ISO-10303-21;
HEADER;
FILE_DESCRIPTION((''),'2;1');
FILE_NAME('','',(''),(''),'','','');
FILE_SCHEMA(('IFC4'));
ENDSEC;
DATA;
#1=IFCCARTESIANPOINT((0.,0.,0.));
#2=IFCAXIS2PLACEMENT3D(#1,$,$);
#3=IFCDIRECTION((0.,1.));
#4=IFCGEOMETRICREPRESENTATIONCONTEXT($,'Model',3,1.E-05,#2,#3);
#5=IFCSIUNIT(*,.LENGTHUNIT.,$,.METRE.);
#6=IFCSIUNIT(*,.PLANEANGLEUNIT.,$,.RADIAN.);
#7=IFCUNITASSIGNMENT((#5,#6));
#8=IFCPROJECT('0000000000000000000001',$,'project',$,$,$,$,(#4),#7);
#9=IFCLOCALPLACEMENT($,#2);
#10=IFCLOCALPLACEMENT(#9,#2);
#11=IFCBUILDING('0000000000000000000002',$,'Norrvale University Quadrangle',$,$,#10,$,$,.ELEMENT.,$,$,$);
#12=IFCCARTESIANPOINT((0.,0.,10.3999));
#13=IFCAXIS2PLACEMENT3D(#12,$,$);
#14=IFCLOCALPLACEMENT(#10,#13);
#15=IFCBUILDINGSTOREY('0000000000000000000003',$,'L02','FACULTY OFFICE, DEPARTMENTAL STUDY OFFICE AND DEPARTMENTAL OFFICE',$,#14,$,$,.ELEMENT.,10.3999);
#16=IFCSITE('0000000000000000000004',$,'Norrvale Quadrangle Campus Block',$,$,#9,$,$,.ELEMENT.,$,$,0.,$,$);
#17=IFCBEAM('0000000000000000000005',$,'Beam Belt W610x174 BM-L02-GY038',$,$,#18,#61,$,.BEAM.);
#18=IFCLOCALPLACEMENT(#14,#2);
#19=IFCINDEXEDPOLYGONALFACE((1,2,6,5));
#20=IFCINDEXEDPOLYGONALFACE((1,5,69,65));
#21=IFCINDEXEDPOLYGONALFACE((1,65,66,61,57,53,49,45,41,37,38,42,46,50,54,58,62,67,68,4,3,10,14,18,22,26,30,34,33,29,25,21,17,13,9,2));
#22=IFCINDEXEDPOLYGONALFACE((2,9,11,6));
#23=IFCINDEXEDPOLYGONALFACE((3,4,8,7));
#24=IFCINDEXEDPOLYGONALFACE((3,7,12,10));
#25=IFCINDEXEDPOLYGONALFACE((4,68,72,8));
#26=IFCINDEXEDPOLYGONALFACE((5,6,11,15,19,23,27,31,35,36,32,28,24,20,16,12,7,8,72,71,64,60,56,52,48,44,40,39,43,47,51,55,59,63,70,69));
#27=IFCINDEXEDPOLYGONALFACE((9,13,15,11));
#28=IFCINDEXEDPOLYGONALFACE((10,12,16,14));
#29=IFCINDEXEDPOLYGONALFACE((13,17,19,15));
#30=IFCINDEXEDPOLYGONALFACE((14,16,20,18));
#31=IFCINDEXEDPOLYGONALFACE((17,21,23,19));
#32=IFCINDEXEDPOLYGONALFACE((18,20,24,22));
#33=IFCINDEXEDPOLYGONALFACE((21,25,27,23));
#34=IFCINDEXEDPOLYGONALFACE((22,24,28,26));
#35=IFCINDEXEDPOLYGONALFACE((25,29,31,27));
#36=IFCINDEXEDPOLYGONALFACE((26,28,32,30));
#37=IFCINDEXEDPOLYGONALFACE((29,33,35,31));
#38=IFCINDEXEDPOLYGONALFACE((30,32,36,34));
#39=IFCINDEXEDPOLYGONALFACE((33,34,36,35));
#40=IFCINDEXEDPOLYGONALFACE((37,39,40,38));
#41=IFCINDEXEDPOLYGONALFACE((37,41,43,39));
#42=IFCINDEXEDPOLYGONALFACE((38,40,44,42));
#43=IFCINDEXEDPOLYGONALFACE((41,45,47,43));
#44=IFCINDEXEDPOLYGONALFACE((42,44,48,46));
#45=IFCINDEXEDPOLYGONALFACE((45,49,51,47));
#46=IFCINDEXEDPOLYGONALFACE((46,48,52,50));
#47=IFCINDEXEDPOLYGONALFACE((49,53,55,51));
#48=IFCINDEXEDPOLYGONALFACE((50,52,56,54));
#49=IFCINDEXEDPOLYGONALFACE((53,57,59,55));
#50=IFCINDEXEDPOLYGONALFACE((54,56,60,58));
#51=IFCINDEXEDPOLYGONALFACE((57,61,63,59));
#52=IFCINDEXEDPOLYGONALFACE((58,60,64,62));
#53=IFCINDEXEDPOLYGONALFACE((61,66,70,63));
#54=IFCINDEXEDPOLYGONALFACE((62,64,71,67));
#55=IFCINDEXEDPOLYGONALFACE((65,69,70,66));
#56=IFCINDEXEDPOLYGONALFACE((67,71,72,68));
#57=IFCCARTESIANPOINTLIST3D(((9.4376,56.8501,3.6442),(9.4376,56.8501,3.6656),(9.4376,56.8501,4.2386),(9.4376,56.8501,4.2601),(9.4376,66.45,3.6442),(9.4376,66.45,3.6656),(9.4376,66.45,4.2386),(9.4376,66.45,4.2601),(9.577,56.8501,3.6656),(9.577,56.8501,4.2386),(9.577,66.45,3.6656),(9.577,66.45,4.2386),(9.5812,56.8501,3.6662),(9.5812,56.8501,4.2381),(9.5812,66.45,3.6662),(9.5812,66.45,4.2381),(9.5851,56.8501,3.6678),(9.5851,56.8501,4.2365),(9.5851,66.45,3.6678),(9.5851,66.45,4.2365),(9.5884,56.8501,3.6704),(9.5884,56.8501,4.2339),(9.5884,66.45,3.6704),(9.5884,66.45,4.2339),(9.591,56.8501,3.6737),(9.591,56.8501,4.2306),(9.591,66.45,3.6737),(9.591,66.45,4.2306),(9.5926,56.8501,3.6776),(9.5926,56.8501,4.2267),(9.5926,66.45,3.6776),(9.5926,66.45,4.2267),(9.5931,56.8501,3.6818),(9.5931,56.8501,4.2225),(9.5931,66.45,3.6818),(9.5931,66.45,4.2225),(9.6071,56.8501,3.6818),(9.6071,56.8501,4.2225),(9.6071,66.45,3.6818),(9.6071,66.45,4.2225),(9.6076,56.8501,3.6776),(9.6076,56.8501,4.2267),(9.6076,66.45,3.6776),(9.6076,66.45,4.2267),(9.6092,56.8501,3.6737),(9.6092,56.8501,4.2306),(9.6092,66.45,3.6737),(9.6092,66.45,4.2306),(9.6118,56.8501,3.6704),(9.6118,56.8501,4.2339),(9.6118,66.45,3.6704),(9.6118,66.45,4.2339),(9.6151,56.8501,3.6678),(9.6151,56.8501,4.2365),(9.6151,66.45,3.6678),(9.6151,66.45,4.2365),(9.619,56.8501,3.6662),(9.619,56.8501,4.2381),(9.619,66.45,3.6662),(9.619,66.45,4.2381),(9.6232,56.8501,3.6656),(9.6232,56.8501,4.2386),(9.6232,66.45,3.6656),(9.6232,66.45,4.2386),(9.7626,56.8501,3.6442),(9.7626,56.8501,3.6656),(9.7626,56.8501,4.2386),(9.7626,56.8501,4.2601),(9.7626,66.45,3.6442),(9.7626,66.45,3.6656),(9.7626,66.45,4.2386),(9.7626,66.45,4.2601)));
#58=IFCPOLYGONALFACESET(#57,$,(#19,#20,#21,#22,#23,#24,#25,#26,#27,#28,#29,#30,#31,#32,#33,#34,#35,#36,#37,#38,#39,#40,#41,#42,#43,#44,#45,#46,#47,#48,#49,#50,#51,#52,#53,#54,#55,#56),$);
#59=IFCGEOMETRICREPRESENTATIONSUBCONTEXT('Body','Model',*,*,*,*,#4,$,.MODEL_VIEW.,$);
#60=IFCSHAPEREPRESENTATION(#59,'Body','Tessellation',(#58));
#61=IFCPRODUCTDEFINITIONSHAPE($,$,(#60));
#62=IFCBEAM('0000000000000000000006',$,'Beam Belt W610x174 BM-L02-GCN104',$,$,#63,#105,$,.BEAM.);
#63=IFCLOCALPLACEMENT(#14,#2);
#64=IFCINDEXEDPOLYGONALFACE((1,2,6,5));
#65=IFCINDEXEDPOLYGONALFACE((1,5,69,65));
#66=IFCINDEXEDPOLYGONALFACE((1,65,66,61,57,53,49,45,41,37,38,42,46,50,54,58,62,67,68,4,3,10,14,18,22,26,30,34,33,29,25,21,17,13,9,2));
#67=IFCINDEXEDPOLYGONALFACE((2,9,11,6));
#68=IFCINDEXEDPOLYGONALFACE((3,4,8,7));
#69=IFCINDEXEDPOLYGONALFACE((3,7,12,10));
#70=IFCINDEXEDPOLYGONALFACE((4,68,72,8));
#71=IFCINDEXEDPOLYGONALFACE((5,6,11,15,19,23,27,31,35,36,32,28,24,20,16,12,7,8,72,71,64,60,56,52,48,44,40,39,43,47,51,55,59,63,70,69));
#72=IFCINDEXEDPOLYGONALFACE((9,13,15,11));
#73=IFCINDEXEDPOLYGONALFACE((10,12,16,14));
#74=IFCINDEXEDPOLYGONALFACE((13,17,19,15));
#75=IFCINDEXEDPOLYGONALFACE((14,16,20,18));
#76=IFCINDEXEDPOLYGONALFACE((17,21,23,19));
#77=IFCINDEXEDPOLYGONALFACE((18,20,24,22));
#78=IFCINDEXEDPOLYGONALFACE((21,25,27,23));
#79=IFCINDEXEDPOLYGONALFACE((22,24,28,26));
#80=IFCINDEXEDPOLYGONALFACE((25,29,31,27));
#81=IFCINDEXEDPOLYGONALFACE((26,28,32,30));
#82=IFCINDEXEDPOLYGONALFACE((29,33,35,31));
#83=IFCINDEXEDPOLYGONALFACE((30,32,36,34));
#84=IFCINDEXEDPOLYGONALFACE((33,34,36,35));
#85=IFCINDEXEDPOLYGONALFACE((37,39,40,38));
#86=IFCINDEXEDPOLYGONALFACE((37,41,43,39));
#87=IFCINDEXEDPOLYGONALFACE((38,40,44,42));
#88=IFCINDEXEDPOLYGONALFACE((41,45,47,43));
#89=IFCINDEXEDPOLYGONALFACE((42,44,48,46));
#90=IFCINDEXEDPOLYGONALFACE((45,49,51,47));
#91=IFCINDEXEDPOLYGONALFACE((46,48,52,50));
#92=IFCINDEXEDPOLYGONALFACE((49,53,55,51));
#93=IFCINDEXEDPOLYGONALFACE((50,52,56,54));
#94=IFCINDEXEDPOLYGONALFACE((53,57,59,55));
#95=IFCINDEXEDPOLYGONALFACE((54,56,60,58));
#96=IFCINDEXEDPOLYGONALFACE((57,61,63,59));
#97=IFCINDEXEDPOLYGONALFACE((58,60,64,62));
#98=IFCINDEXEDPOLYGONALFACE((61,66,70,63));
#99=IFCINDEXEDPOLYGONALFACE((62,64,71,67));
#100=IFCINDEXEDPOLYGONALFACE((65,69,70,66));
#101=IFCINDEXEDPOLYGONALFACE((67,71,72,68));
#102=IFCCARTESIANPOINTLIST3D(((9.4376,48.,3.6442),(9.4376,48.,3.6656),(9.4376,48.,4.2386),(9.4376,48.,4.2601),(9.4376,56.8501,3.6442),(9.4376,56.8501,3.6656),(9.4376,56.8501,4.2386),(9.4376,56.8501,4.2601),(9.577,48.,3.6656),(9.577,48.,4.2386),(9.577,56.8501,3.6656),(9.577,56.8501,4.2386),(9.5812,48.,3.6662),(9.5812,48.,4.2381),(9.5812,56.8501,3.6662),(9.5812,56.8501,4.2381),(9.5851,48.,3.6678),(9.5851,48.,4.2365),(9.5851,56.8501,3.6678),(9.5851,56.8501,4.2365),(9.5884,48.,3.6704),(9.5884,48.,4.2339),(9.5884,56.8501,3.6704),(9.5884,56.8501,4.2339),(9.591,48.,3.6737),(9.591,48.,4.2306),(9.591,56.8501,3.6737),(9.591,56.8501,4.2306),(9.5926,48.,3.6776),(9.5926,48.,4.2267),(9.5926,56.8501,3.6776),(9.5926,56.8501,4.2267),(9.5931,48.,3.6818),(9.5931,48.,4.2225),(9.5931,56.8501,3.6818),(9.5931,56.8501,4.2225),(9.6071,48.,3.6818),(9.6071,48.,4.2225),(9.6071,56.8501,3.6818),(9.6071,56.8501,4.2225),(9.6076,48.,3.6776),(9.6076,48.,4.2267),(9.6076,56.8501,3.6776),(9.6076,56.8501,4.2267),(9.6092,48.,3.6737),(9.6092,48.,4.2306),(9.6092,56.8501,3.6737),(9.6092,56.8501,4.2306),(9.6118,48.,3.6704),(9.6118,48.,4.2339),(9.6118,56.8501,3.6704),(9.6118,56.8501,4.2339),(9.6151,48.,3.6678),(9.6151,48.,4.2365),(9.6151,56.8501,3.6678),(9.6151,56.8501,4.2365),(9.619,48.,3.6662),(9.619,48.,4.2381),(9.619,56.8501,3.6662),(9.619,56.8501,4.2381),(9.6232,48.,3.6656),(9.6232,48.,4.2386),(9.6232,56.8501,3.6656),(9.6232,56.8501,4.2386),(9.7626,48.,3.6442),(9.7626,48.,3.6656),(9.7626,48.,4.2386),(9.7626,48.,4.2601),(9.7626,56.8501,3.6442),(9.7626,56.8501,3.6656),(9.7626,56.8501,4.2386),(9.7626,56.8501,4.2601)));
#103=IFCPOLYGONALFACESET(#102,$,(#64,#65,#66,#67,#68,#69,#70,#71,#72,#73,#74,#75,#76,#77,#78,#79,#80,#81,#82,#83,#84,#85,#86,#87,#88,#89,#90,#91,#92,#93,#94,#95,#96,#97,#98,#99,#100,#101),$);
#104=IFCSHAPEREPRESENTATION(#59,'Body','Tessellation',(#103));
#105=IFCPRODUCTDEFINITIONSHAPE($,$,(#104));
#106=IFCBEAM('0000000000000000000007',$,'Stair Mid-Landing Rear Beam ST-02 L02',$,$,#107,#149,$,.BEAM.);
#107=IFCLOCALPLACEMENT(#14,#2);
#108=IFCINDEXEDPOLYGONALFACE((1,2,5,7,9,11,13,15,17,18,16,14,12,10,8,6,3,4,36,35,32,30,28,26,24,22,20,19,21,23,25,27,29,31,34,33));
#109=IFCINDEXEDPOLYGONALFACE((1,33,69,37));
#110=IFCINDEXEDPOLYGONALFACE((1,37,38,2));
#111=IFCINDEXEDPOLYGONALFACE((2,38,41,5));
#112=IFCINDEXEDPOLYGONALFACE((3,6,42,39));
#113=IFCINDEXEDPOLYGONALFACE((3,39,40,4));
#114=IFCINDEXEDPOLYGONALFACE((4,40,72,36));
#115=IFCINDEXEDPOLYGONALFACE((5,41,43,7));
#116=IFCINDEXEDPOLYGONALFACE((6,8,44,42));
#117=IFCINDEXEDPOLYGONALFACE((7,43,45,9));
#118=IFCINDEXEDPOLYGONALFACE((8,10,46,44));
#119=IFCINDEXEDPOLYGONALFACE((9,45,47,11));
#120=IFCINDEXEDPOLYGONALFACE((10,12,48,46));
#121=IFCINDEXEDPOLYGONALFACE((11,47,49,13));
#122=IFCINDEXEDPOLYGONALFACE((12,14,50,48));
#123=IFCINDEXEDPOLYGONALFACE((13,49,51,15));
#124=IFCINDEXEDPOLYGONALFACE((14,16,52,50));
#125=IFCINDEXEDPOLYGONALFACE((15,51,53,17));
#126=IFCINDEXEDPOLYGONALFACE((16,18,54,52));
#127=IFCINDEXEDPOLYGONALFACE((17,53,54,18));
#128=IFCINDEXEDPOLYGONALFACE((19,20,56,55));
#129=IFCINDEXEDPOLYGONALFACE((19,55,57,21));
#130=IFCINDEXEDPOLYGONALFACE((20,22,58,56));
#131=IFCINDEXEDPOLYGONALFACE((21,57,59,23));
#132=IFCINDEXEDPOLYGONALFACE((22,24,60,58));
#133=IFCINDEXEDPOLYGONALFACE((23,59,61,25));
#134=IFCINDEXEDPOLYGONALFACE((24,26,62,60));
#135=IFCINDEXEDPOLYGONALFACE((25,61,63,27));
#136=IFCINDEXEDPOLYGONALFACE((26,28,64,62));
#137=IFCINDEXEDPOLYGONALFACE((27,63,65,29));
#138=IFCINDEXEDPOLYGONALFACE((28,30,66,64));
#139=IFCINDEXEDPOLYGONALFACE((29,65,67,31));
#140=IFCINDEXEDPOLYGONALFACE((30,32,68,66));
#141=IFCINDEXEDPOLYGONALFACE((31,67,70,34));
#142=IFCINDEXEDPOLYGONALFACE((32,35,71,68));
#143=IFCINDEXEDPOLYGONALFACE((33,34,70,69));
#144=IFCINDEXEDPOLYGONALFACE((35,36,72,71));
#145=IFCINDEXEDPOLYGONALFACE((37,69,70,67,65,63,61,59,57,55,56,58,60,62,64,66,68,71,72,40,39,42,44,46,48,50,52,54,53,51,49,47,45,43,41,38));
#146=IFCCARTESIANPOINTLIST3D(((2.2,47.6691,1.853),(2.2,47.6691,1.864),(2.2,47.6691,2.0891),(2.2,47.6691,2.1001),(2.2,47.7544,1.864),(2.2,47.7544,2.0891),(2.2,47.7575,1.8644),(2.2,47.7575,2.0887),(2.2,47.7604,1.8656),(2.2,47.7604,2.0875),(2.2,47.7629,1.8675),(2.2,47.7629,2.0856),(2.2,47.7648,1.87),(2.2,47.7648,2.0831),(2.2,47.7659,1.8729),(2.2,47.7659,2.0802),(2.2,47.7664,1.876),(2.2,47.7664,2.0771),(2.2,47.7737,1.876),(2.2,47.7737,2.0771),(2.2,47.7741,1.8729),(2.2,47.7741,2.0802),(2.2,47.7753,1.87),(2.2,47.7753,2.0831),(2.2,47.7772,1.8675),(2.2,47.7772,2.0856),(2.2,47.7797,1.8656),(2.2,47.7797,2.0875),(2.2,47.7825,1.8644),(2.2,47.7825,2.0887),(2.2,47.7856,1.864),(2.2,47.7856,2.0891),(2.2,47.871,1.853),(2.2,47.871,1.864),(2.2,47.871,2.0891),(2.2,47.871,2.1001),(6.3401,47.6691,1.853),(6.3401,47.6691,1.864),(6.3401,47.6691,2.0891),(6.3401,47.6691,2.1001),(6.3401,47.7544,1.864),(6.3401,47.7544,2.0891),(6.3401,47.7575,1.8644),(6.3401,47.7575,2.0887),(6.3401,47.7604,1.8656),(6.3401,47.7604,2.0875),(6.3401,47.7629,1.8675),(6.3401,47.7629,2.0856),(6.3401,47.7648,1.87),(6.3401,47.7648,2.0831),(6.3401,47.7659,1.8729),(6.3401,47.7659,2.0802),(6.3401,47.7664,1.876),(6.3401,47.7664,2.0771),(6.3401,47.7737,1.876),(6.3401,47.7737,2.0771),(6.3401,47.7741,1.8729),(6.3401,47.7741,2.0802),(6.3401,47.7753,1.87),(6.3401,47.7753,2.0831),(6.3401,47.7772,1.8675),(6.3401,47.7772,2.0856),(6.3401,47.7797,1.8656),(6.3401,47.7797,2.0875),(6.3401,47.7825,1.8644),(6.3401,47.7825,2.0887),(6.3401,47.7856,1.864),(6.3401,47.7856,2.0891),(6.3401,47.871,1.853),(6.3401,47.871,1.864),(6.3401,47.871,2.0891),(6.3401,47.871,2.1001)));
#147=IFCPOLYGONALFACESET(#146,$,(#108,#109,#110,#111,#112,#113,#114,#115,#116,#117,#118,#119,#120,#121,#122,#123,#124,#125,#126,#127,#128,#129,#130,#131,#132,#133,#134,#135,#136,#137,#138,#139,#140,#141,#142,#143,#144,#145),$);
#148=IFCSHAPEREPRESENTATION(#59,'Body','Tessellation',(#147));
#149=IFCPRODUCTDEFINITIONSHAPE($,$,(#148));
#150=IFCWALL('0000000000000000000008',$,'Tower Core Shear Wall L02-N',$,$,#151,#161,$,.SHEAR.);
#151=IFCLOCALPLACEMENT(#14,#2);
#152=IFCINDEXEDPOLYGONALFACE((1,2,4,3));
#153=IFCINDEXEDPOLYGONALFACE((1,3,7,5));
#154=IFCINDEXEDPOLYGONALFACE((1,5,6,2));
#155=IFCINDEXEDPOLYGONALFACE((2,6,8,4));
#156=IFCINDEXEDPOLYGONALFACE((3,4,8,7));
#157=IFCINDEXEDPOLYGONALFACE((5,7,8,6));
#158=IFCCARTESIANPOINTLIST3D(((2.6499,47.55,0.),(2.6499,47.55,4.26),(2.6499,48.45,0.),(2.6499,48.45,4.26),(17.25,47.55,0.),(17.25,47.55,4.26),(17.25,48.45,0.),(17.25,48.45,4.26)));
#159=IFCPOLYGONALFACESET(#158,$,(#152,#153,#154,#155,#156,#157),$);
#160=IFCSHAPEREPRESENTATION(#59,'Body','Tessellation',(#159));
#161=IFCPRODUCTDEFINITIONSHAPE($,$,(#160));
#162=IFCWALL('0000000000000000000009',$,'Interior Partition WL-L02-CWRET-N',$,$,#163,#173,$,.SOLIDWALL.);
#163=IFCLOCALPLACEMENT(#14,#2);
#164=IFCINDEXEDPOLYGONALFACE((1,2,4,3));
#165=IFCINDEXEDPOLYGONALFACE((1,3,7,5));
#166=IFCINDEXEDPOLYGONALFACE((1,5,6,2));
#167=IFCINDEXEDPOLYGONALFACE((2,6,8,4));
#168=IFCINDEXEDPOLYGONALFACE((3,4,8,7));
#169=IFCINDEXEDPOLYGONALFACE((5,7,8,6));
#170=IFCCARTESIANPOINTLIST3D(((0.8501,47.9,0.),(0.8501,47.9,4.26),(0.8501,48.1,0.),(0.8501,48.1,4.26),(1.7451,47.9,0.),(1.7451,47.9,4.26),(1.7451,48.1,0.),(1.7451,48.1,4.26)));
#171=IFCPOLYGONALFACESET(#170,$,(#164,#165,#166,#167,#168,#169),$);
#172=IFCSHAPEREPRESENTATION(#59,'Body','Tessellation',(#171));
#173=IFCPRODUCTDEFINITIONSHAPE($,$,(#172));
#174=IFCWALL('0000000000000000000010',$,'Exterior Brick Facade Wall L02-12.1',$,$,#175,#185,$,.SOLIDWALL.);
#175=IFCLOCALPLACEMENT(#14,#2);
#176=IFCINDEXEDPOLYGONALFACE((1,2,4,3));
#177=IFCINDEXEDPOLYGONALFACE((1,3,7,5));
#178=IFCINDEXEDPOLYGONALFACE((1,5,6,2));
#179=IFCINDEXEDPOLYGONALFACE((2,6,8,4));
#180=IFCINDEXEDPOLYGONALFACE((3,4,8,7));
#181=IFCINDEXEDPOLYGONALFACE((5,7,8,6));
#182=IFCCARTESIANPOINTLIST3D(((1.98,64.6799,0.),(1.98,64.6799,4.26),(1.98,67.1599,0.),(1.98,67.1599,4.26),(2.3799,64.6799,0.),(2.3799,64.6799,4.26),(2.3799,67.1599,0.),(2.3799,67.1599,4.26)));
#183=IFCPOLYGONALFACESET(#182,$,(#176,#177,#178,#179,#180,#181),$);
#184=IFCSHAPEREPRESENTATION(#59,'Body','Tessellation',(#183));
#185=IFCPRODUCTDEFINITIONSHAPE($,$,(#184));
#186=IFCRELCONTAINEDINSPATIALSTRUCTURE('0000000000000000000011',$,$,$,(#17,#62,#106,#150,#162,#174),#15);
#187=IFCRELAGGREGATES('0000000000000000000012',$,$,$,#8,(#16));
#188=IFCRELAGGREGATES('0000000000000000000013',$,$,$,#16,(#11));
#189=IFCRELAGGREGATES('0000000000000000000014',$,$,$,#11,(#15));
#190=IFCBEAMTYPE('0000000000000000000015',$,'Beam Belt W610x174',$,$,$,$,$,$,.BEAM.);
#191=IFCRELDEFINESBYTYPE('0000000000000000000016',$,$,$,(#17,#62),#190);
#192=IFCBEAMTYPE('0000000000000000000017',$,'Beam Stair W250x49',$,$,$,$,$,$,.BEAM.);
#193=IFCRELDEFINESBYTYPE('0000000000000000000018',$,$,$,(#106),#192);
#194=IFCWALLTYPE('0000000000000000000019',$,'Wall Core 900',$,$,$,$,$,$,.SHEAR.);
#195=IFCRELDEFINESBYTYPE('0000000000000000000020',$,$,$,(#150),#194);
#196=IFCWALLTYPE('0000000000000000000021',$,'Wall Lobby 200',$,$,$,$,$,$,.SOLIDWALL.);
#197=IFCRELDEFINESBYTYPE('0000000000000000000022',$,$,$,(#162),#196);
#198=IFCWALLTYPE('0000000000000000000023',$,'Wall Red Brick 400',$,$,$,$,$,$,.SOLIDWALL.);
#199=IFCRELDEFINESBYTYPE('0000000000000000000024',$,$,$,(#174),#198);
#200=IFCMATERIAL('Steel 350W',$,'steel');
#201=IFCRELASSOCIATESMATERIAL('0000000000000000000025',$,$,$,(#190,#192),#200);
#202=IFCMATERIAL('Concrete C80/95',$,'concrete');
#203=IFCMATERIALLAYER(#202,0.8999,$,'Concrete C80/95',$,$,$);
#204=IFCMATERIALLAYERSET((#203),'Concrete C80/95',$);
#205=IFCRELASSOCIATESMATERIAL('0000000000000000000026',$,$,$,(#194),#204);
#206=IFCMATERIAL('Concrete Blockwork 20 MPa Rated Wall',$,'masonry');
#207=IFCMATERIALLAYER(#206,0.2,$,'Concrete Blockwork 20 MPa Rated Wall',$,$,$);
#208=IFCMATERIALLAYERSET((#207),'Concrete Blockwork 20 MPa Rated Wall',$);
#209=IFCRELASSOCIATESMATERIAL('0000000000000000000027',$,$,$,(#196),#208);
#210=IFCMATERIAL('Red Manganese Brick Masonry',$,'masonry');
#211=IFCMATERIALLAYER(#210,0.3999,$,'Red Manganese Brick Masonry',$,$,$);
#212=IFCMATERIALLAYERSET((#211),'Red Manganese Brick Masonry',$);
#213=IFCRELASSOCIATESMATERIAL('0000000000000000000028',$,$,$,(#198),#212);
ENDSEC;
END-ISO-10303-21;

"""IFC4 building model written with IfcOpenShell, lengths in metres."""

from ifc_helpers import new_model, si_unit, direction, frame, frame_2d, origin, origin_2d, place, context, subcontext, project, spatial, rectangle, i_section, extrude, material, layer, layer_set, material_profile, profile_set, type_object, element, save


model = new_model("IFC4")

# Units and contexts
model_context = context("Model", 3, precision=1e-05, world=origin(), true_north=direction((0.0, 1.0)))
body_context = subcontext(model_context, "Body", "Model", "MODEL_VIEW")
ifc_project = project(units=[si_unit("LENGTHUNIT", "METRE"), si_unit("PLANEANGLEUNIT", "RADIAN")], contexts=[model_context])

# Site, building, storey
site_placement = place(None, origin())
site = spatial("IfcSite", under=ifc_project, at=site_placement, Name="Norrvale Quadrangle Campus Block", CompositionType="ELEMENT", RefElevation=0.0)
building_placement = place(site_placement, origin())
building = spatial("IfcBuilding", under=site, at=building_placement, Name="Norrvale University Quadrangle", CompositionType="ELEMENT")
storey_placement = place(building_placement, frame((0.0, 0.0, 10.3999)))
storey = spatial("IfcBuildingStorey", under=building, at=storey_placement, Name="L02", Description="FACULTY OFFICE, DEPARTMENTAL STUDY OFFICE AND DEPARTMENTAL OFFICE", CompositionType="ELEMENT", Elevation=10.3999)

# Shared definitions
ifc_material_1 = material(Name="Concrete C80/95", Category="concrete")

# Beams
ifc_material_2 = material(Name="Steel 350W", Category="steel")
ifc_material_profile_1 = material_profile(ifc_material_2, i_section(OverallWidth=0.325, OverallDepth=0.616, WebThickness=0.0139, FlangeThickness=0.0215, FilletRadius=0.0161, at=origin_2d()), Name="Steel 350W")
ifc_profile_set_1 = profile_set([ifc_material_profile_1], Name="Steel 350W")
beam_type_1 = type_object("IfcBeamType", Name="Beam Belt W610x174", PredefinedType="BEAM", material=ifc_profile_set_1)
for number, where, z_axis, x_axis, name in (
    (1, (9.6001, 56.8501, 3.9521), (0.0, 1.0, 0.0), (-1.0, 0.0, 0.0), "Beam Belt W610x174 BM-L02-GY038"),
):
    element("IfcBeam", number, at=place(storey_placement, frame(where, z_axis=z_axis, x_axis=x_axis)), inside=storey, type_object=beam_type_1, Name=name, PredefinedType="BEAM", context=body_context, shape_type="SweptSolid", body=[
        extrude(i_section(OverallWidth=0.325, OverallDepth=0.616, WebThickness=0.0139, FlangeThickness=0.0215, FilletRadius=0.0161, at=origin_2d()), origin(), (0.0, 0.0, 1.0), 9.5999),
    ])
beam_1_placement = place(storey_placement, frame((9.6001, 48.0, 3.9521), z_axis=(0.0, 1.0, 0.0), x_axis=(-1.0, 0.0, 0.0)))
element("IfcBeam", 2, at=beam_1_placement, inside=storey, type_object=beam_type_1, Name="Beam Belt W610x174 BM-L02-GCN104", PredefinedType="BEAM", context=body_context, shape_type="SweptSolid", body=[
    extrude(i_section(OverallWidth=0.325, OverallDepth=0.616, WebThickness=0.0139, FlangeThickness=0.0215, FilletRadius=0.0161, at=origin_2d()), origin(), (0.0, 0.0, 1.0), 8.8501),
])
ifc_material_profile_2 = material_profile(ifc_material_2, i_section(OverallWidth=0.2019, OverallDepth=0.2471, WebThickness=0.0073, FlangeThickness=0.011, FilletRadius=0.012, at=origin_2d()), Name="Steel 350W")
ifc_profile_set_2 = profile_set([ifc_material_profile_2], Name="Steel 350W")
beam_type_2 = type_object("IfcBeamType", Name="Beam Stair W250x49", PredefinedType="BEAM", material=ifc_profile_set_2)
beam_2_placement = place(storey_placement, frame((2.2, 47.77, 1.9766), z_axis=(1.0, 0.0, 0.0), x_axis=(0.0, 1.0, 0.0)))
element("IfcBeam", 3, at=beam_2_placement, inside=storey, type_object=beam_type_2, Name="Stair Mid-Landing Rear Beam ST-02 L02", PredefinedType="BEAM", context=body_context, shape_type="SweptSolid", body=[
    extrude(i_section(OverallWidth=0.2019, OverallDepth=0.2471, WebThickness=0.0073, FlangeThickness=0.011, FilletRadius=0.012, at=origin_2d()), origin(), (0.0, 0.0, 1.0), 4.1401),
])

# Walls
ifc_layer_1 = layer(ifc_material_1, 0.8999, Name="Concrete C80/95")
ifc_layer_set_1 = layer_set([ifc_layer_1], Name="Concrete C80/95")
wall_type_1 = type_object("IfcWallType", Name="Wall Core 900", PredefinedType="SHEAR", material=ifc_layer_set_1)
wall_1_placement = place(storey_placement, frame((2.6499, 48.0, 0.0), z_axis=(0.0, 0.0, 1.0), x_axis=(1.0, 0.0, 0.0)))
element("IfcWall", 4, at=wall_1_placement, inside=storey, type_object=wall_type_1, Name="Tower Core Shear Wall L02-N", PredefinedType="SHEAR", context=body_context, shape_type="SweptSolid", body=[
    extrude(rectangle(XDim=14.6001, YDim=0.8999, at=frame_2d((7.3, 0.0))), origin(), (0.0, 0.0, 1.0), 4.26),
])
ifc_material_3 = material(Name="Concrete Blockwork 20 MPa Rated Wall", Category="masonry")
ifc_layer_2 = layer(ifc_material_3, 0.2, Name="Concrete Blockwork 20 MPa Rated Wall")
ifc_layer_set_2 = layer_set([ifc_layer_2], Name="Concrete Blockwork 20 MPa Rated Wall")
wall_type_2 = type_object("IfcWallType", Name="Wall Lobby 200", PredefinedType="SOLIDWALL", material=ifc_layer_set_2)
wall_2_placement = place(storey_placement, frame((0.8501, 48.0, 0.0), z_axis=(0.0, 0.0, 1.0), x_axis=(1.0, 0.0, 0.0)))
element("IfcWall", 5, at=wall_2_placement, inside=storey, type_object=wall_type_2, Name="Interior Partition WL-L02-CWRET-N", PredefinedType="SOLIDWALL", context=body_context, shape_type="SweptSolid", body=[
    extrude(rectangle(XDim=0.895, YDim=0.2, at=frame_2d((0.4475, 0.0))), origin(), (0.0, 0.0, 1.0), 4.26),
])
ifc_material_4 = material(Name="Red Manganese Brick Masonry", Category="masonry")
ifc_layer_3 = layer(ifc_material_4, 0.3999, Name="Red Manganese Brick Masonry")
ifc_layer_set_3 = layer_set([ifc_layer_3], Name="Red Manganese Brick Masonry")
wall_type_3 = type_object("IfcWallType", Name="Wall Red Brick 400", PredefinedType="SOLIDWALL", material=ifc_layer_set_3)
for number, where, z_axis, x_axis, name in (
    (6, (2.1799, 67.1599, 0.0), (0.0, 0.0, 1.0), (0.0, -1.0, 0.0), "Exterior Brick Facade Wall L02-12.1"),
):
    element("IfcWall", number, at=place(storey_placement, frame(where, z_axis=z_axis, x_axis=x_axis)), inside=storey, type_object=wall_type_3, Name=name, PredefinedType="SOLIDWALL", context=body_context, shape_type="SweptSolid", body=[
        extrude(rectangle(XDim=2.48, YDim=0.3999, at=frame_2d((1.24, 0.0))), origin(), (0.0, 0.0, 1.0), 4.26),
    ])

save(model, "model.ifc")
